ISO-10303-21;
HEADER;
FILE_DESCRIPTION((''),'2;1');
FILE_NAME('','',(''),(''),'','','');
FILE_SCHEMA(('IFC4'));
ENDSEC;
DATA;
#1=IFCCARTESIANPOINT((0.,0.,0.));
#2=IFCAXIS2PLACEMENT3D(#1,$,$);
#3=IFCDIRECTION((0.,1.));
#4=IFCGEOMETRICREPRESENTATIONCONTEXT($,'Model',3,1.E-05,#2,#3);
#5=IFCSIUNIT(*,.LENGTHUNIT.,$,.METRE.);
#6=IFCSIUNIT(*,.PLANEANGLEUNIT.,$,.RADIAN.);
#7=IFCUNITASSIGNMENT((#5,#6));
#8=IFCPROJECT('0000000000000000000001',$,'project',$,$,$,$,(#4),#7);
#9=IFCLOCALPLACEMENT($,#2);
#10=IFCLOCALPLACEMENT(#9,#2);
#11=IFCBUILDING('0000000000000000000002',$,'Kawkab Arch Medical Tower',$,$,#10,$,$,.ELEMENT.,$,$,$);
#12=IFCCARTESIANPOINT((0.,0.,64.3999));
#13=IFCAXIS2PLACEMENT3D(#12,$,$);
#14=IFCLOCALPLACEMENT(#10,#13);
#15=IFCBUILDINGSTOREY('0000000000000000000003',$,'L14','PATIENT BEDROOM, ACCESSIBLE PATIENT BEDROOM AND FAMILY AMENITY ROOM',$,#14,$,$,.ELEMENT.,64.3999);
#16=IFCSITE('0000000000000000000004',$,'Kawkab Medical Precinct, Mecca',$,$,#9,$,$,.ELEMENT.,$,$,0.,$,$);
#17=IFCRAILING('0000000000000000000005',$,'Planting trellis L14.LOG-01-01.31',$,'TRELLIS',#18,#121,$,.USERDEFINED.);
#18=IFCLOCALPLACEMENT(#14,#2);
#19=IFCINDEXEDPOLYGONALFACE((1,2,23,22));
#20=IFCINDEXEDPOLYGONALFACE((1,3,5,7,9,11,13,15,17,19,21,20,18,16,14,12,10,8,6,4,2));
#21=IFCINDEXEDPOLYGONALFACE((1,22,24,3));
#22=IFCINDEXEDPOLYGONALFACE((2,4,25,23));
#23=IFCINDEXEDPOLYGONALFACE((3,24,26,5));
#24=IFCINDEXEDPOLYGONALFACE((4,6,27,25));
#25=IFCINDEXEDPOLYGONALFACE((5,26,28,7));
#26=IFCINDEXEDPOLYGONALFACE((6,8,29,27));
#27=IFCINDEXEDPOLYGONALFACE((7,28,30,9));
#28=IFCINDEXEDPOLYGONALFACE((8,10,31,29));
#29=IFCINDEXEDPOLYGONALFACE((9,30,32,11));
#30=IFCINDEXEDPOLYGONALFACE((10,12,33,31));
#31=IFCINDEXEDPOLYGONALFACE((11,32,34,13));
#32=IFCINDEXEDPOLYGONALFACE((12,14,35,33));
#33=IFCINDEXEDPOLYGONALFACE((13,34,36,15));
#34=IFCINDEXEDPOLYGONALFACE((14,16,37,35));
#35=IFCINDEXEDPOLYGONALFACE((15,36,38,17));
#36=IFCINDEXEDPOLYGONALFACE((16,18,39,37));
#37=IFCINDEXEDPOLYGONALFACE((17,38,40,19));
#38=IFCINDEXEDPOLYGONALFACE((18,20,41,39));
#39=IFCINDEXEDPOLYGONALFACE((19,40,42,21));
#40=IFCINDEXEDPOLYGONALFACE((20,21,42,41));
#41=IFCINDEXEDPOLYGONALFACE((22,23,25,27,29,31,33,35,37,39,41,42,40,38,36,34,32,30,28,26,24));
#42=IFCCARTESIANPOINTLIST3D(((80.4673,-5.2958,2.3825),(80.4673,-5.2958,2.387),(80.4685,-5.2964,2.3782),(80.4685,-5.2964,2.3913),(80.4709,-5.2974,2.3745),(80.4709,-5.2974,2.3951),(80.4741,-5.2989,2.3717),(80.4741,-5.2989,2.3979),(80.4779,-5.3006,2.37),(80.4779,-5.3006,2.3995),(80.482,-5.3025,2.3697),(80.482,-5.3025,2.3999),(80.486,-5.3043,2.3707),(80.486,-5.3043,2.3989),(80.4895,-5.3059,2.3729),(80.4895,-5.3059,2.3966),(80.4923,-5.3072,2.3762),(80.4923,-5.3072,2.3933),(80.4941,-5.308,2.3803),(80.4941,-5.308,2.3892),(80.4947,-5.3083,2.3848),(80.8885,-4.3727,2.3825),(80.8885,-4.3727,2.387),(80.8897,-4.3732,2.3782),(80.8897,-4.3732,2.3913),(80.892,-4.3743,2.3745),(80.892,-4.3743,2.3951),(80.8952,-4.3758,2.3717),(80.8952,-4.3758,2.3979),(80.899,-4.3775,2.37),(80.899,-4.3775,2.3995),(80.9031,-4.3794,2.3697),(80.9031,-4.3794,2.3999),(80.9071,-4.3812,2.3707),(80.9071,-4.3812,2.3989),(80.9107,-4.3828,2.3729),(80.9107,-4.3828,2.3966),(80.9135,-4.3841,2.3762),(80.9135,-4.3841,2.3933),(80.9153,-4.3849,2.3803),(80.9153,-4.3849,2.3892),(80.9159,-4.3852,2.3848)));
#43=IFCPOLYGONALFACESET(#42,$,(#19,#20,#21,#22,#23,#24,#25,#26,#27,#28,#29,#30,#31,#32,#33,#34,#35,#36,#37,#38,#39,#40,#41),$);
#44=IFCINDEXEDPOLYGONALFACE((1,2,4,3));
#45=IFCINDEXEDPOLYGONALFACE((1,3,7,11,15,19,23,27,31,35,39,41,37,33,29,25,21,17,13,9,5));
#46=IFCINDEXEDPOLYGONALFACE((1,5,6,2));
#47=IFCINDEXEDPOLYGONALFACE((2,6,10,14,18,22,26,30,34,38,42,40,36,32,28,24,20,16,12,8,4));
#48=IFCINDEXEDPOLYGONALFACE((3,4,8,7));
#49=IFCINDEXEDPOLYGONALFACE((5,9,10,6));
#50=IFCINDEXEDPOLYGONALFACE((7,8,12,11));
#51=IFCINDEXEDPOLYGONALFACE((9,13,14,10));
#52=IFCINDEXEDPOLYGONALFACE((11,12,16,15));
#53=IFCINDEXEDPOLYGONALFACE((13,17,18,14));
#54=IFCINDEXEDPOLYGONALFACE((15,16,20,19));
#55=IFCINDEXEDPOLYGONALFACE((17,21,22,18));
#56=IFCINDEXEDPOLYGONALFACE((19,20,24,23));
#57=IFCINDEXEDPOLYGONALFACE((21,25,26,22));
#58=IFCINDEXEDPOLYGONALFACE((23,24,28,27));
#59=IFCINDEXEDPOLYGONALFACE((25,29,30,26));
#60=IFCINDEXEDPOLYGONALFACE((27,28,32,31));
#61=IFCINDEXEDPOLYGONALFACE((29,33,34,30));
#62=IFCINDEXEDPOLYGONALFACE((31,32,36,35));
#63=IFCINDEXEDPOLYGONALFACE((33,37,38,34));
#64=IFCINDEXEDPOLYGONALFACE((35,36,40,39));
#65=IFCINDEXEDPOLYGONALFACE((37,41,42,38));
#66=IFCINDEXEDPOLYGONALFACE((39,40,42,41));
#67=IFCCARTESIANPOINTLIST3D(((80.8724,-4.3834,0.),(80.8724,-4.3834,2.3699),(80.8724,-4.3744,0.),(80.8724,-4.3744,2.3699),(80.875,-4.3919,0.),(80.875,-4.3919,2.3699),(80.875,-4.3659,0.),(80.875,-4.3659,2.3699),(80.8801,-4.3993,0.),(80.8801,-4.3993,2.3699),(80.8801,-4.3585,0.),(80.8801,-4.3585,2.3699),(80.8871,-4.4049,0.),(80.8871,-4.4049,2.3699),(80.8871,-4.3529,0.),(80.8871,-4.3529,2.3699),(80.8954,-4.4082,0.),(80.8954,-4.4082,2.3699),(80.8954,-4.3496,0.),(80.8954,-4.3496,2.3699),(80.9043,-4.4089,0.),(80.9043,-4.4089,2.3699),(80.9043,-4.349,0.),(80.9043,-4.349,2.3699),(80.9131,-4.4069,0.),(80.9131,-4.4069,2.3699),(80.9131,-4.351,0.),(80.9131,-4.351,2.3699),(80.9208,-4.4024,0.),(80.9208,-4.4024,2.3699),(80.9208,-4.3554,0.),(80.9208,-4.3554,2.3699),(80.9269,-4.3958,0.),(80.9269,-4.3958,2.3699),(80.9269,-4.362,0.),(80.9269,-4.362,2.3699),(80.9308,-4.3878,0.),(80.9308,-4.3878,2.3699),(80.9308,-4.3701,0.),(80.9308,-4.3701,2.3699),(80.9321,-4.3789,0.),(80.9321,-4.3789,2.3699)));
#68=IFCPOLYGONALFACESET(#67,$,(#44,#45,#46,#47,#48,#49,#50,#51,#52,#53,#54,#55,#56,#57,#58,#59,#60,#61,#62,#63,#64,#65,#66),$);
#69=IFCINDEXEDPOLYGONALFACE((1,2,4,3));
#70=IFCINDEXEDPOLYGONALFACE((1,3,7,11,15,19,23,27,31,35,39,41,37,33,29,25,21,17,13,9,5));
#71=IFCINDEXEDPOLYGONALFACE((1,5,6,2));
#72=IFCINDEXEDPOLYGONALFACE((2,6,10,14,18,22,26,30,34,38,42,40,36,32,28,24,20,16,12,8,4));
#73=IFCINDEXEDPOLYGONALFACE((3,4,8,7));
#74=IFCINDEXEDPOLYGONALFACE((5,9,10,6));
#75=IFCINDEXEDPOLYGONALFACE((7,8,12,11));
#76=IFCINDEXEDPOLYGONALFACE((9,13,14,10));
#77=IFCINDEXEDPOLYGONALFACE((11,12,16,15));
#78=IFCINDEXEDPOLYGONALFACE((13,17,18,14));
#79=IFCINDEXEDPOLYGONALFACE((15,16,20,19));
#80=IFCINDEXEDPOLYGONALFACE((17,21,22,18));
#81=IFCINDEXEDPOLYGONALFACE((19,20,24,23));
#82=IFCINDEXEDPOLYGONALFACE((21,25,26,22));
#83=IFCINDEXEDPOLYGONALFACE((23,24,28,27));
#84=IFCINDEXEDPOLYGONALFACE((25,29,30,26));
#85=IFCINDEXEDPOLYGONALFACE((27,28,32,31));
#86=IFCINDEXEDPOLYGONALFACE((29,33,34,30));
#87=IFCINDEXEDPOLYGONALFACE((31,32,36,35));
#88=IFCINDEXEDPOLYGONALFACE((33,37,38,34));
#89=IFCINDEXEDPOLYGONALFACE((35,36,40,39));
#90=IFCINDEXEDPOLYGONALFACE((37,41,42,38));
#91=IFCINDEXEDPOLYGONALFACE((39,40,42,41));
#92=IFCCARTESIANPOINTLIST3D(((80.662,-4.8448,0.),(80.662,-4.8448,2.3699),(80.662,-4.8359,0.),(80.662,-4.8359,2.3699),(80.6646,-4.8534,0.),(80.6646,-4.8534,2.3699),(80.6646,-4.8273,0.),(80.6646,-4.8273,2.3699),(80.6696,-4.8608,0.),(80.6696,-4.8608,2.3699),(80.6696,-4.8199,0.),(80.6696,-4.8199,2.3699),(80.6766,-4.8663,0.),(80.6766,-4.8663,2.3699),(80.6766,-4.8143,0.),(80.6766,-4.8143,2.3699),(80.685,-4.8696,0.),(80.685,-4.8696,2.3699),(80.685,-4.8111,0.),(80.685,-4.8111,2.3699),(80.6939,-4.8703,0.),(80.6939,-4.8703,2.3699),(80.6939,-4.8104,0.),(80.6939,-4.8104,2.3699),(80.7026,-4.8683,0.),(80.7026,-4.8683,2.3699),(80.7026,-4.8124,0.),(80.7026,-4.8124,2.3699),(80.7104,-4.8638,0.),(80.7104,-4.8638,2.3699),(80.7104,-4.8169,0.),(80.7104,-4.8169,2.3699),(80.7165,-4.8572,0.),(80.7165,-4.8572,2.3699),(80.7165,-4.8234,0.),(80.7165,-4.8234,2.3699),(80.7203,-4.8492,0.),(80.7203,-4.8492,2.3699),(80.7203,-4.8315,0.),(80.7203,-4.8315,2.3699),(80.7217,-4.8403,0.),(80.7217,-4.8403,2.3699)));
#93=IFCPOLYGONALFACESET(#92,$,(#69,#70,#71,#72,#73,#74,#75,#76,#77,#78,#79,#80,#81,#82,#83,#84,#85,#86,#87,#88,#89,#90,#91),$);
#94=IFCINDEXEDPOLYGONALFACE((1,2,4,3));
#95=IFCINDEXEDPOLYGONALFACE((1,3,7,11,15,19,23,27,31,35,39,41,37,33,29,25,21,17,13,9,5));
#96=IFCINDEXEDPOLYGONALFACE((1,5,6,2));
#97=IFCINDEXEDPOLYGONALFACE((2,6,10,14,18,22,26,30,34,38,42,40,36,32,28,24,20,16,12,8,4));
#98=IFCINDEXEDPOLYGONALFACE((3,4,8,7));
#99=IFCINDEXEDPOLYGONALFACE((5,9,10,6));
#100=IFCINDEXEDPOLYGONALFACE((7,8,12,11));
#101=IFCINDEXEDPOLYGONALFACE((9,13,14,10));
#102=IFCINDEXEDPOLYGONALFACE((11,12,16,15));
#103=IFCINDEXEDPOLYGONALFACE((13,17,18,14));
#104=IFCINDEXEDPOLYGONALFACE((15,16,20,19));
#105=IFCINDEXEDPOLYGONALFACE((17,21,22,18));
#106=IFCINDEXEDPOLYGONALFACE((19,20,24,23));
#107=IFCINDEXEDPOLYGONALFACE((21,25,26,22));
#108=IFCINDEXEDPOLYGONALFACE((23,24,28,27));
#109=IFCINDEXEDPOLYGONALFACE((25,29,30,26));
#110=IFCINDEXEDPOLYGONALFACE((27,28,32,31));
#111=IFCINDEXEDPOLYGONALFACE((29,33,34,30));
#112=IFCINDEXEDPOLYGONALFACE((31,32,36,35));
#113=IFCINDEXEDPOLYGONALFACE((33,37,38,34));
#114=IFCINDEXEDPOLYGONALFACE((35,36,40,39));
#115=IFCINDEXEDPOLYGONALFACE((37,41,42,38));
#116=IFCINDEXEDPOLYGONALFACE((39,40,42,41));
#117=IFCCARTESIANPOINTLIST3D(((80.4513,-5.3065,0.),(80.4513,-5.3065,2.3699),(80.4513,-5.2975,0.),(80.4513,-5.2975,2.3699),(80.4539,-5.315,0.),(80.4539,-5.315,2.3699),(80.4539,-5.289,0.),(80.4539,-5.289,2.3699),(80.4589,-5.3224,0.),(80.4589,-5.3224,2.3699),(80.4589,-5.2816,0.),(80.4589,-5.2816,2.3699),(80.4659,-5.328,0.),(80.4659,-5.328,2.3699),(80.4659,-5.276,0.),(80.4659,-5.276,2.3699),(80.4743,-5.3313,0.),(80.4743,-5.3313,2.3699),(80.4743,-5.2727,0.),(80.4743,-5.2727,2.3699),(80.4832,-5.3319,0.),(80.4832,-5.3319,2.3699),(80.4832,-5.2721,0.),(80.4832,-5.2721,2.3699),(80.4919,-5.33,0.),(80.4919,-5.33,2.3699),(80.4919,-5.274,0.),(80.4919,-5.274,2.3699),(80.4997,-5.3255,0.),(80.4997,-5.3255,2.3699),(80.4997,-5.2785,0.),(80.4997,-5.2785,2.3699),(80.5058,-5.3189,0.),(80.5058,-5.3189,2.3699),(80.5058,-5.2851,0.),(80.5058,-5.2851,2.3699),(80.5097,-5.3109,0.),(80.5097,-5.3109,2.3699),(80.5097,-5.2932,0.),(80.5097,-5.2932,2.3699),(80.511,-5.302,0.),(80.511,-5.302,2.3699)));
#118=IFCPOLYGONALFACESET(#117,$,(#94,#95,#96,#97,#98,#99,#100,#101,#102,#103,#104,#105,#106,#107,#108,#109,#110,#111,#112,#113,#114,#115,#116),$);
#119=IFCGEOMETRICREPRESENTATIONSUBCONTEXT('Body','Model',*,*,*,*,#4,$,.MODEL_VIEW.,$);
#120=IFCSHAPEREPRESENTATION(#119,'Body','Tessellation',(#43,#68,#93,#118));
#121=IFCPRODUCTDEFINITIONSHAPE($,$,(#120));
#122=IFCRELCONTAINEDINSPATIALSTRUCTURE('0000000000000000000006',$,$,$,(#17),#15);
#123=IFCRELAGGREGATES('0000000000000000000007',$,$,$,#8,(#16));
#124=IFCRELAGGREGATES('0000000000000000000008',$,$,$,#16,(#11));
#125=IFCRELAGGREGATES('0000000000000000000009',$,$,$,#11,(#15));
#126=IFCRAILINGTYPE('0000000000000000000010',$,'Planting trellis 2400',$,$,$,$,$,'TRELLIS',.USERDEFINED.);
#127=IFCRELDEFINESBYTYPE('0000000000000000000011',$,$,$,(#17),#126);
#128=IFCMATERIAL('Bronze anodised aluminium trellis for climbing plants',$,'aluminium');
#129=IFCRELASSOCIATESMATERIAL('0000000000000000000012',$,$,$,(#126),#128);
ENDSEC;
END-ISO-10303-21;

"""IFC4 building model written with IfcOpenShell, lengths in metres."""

from ifc_helpers import new_model, si_unit, direction, frame, origin, origin_2d, place, context, subcontext, project, spatial, circle, extrude, material, type_object, element, save


model = new_model("IFC4")

# Units and contexts
model_context = context("Model", 3, precision=1e-05, world=origin(), true_north=direction((0.0, 1.0)))
body_context = subcontext(model_context, "Body", "Model", "MODEL_VIEW")
ifc_project = project(units=[si_unit("LENGTHUNIT", "METRE"), si_unit("PLANEANGLEUNIT", "RADIAN")], contexts=[model_context])

# Site, building, storey
site_placement = place(None, origin())
site = spatial("IfcSite", under=ifc_project, at=site_placement, Name="Kawkab Medical Precinct, Mecca", CompositionType="ELEMENT", RefElevation=0.0)
building_placement = place(site_placement, origin())
building = spatial("IfcBuilding", under=site, at=building_placement, Name="Kawkab Arch Medical Tower", CompositionType="ELEMENT")
storey_placement = place(building_placement, frame((0.0, 0.0, 64.3999)))
storey = spatial("IfcBuildingStorey", under=building, at=storey_placement, Name="L14", Description="PATIENT BEDROOM, ACCESSIBLE PATIENT BEDROOM AND FAMILY AMENITY ROOM", CompositionType="ELEMENT", Elevation=64.3999)

# Railing
ifc_material_1 = material(Name="Bronze anodised aluminium trellis for climbing plants", Category="aluminium")
railing_type = type_object("IfcRailingType", Name="Planting trellis 2400", ElementType="TRELLIS", PredefinedType="USERDEFINED", material=ifc_material_1)
railing_1_placement = place(storey_placement, frame((80.9021, -4.3789, 0.0)))
element("IfcRailing", 1, at=railing_1_placement, inside=storey, type_object=railing_type, Name="Planting trellis L14.LOG-01-01.31", ObjectType="TRELLIS", PredefinedType="USERDEFINED", context=body_context, shape_type="SweptSolid", body=[
    extrude(circle(Radius=0.0151, at=origin_2d()), frame((0.0, 0.0, 2.3848), z_axis=(-0.415072, -0.909789, 0.0), x_axis=(0.909789, -0.415072, 0.0)), (0.0, 0.0, 1.0), 1.0146),
    extrude(circle(Radius=0.03, at=origin_2d()), origin(), (0.0, 0.0, 1.0), 2.3699),
    extrude(circle(Radius=0.03, at=origin_2d()), frame((-0.2104, -0.4614, 0.0)), (0.0, 0.0, 1.0), 2.3699),
    extrude(circle(Radius=0.03, at=origin_2d()), frame((-0.4211, -0.9231, 0.0)), (0.0, 0.0, 1.0), 2.3699),
])

save(model, "model.ifc")
